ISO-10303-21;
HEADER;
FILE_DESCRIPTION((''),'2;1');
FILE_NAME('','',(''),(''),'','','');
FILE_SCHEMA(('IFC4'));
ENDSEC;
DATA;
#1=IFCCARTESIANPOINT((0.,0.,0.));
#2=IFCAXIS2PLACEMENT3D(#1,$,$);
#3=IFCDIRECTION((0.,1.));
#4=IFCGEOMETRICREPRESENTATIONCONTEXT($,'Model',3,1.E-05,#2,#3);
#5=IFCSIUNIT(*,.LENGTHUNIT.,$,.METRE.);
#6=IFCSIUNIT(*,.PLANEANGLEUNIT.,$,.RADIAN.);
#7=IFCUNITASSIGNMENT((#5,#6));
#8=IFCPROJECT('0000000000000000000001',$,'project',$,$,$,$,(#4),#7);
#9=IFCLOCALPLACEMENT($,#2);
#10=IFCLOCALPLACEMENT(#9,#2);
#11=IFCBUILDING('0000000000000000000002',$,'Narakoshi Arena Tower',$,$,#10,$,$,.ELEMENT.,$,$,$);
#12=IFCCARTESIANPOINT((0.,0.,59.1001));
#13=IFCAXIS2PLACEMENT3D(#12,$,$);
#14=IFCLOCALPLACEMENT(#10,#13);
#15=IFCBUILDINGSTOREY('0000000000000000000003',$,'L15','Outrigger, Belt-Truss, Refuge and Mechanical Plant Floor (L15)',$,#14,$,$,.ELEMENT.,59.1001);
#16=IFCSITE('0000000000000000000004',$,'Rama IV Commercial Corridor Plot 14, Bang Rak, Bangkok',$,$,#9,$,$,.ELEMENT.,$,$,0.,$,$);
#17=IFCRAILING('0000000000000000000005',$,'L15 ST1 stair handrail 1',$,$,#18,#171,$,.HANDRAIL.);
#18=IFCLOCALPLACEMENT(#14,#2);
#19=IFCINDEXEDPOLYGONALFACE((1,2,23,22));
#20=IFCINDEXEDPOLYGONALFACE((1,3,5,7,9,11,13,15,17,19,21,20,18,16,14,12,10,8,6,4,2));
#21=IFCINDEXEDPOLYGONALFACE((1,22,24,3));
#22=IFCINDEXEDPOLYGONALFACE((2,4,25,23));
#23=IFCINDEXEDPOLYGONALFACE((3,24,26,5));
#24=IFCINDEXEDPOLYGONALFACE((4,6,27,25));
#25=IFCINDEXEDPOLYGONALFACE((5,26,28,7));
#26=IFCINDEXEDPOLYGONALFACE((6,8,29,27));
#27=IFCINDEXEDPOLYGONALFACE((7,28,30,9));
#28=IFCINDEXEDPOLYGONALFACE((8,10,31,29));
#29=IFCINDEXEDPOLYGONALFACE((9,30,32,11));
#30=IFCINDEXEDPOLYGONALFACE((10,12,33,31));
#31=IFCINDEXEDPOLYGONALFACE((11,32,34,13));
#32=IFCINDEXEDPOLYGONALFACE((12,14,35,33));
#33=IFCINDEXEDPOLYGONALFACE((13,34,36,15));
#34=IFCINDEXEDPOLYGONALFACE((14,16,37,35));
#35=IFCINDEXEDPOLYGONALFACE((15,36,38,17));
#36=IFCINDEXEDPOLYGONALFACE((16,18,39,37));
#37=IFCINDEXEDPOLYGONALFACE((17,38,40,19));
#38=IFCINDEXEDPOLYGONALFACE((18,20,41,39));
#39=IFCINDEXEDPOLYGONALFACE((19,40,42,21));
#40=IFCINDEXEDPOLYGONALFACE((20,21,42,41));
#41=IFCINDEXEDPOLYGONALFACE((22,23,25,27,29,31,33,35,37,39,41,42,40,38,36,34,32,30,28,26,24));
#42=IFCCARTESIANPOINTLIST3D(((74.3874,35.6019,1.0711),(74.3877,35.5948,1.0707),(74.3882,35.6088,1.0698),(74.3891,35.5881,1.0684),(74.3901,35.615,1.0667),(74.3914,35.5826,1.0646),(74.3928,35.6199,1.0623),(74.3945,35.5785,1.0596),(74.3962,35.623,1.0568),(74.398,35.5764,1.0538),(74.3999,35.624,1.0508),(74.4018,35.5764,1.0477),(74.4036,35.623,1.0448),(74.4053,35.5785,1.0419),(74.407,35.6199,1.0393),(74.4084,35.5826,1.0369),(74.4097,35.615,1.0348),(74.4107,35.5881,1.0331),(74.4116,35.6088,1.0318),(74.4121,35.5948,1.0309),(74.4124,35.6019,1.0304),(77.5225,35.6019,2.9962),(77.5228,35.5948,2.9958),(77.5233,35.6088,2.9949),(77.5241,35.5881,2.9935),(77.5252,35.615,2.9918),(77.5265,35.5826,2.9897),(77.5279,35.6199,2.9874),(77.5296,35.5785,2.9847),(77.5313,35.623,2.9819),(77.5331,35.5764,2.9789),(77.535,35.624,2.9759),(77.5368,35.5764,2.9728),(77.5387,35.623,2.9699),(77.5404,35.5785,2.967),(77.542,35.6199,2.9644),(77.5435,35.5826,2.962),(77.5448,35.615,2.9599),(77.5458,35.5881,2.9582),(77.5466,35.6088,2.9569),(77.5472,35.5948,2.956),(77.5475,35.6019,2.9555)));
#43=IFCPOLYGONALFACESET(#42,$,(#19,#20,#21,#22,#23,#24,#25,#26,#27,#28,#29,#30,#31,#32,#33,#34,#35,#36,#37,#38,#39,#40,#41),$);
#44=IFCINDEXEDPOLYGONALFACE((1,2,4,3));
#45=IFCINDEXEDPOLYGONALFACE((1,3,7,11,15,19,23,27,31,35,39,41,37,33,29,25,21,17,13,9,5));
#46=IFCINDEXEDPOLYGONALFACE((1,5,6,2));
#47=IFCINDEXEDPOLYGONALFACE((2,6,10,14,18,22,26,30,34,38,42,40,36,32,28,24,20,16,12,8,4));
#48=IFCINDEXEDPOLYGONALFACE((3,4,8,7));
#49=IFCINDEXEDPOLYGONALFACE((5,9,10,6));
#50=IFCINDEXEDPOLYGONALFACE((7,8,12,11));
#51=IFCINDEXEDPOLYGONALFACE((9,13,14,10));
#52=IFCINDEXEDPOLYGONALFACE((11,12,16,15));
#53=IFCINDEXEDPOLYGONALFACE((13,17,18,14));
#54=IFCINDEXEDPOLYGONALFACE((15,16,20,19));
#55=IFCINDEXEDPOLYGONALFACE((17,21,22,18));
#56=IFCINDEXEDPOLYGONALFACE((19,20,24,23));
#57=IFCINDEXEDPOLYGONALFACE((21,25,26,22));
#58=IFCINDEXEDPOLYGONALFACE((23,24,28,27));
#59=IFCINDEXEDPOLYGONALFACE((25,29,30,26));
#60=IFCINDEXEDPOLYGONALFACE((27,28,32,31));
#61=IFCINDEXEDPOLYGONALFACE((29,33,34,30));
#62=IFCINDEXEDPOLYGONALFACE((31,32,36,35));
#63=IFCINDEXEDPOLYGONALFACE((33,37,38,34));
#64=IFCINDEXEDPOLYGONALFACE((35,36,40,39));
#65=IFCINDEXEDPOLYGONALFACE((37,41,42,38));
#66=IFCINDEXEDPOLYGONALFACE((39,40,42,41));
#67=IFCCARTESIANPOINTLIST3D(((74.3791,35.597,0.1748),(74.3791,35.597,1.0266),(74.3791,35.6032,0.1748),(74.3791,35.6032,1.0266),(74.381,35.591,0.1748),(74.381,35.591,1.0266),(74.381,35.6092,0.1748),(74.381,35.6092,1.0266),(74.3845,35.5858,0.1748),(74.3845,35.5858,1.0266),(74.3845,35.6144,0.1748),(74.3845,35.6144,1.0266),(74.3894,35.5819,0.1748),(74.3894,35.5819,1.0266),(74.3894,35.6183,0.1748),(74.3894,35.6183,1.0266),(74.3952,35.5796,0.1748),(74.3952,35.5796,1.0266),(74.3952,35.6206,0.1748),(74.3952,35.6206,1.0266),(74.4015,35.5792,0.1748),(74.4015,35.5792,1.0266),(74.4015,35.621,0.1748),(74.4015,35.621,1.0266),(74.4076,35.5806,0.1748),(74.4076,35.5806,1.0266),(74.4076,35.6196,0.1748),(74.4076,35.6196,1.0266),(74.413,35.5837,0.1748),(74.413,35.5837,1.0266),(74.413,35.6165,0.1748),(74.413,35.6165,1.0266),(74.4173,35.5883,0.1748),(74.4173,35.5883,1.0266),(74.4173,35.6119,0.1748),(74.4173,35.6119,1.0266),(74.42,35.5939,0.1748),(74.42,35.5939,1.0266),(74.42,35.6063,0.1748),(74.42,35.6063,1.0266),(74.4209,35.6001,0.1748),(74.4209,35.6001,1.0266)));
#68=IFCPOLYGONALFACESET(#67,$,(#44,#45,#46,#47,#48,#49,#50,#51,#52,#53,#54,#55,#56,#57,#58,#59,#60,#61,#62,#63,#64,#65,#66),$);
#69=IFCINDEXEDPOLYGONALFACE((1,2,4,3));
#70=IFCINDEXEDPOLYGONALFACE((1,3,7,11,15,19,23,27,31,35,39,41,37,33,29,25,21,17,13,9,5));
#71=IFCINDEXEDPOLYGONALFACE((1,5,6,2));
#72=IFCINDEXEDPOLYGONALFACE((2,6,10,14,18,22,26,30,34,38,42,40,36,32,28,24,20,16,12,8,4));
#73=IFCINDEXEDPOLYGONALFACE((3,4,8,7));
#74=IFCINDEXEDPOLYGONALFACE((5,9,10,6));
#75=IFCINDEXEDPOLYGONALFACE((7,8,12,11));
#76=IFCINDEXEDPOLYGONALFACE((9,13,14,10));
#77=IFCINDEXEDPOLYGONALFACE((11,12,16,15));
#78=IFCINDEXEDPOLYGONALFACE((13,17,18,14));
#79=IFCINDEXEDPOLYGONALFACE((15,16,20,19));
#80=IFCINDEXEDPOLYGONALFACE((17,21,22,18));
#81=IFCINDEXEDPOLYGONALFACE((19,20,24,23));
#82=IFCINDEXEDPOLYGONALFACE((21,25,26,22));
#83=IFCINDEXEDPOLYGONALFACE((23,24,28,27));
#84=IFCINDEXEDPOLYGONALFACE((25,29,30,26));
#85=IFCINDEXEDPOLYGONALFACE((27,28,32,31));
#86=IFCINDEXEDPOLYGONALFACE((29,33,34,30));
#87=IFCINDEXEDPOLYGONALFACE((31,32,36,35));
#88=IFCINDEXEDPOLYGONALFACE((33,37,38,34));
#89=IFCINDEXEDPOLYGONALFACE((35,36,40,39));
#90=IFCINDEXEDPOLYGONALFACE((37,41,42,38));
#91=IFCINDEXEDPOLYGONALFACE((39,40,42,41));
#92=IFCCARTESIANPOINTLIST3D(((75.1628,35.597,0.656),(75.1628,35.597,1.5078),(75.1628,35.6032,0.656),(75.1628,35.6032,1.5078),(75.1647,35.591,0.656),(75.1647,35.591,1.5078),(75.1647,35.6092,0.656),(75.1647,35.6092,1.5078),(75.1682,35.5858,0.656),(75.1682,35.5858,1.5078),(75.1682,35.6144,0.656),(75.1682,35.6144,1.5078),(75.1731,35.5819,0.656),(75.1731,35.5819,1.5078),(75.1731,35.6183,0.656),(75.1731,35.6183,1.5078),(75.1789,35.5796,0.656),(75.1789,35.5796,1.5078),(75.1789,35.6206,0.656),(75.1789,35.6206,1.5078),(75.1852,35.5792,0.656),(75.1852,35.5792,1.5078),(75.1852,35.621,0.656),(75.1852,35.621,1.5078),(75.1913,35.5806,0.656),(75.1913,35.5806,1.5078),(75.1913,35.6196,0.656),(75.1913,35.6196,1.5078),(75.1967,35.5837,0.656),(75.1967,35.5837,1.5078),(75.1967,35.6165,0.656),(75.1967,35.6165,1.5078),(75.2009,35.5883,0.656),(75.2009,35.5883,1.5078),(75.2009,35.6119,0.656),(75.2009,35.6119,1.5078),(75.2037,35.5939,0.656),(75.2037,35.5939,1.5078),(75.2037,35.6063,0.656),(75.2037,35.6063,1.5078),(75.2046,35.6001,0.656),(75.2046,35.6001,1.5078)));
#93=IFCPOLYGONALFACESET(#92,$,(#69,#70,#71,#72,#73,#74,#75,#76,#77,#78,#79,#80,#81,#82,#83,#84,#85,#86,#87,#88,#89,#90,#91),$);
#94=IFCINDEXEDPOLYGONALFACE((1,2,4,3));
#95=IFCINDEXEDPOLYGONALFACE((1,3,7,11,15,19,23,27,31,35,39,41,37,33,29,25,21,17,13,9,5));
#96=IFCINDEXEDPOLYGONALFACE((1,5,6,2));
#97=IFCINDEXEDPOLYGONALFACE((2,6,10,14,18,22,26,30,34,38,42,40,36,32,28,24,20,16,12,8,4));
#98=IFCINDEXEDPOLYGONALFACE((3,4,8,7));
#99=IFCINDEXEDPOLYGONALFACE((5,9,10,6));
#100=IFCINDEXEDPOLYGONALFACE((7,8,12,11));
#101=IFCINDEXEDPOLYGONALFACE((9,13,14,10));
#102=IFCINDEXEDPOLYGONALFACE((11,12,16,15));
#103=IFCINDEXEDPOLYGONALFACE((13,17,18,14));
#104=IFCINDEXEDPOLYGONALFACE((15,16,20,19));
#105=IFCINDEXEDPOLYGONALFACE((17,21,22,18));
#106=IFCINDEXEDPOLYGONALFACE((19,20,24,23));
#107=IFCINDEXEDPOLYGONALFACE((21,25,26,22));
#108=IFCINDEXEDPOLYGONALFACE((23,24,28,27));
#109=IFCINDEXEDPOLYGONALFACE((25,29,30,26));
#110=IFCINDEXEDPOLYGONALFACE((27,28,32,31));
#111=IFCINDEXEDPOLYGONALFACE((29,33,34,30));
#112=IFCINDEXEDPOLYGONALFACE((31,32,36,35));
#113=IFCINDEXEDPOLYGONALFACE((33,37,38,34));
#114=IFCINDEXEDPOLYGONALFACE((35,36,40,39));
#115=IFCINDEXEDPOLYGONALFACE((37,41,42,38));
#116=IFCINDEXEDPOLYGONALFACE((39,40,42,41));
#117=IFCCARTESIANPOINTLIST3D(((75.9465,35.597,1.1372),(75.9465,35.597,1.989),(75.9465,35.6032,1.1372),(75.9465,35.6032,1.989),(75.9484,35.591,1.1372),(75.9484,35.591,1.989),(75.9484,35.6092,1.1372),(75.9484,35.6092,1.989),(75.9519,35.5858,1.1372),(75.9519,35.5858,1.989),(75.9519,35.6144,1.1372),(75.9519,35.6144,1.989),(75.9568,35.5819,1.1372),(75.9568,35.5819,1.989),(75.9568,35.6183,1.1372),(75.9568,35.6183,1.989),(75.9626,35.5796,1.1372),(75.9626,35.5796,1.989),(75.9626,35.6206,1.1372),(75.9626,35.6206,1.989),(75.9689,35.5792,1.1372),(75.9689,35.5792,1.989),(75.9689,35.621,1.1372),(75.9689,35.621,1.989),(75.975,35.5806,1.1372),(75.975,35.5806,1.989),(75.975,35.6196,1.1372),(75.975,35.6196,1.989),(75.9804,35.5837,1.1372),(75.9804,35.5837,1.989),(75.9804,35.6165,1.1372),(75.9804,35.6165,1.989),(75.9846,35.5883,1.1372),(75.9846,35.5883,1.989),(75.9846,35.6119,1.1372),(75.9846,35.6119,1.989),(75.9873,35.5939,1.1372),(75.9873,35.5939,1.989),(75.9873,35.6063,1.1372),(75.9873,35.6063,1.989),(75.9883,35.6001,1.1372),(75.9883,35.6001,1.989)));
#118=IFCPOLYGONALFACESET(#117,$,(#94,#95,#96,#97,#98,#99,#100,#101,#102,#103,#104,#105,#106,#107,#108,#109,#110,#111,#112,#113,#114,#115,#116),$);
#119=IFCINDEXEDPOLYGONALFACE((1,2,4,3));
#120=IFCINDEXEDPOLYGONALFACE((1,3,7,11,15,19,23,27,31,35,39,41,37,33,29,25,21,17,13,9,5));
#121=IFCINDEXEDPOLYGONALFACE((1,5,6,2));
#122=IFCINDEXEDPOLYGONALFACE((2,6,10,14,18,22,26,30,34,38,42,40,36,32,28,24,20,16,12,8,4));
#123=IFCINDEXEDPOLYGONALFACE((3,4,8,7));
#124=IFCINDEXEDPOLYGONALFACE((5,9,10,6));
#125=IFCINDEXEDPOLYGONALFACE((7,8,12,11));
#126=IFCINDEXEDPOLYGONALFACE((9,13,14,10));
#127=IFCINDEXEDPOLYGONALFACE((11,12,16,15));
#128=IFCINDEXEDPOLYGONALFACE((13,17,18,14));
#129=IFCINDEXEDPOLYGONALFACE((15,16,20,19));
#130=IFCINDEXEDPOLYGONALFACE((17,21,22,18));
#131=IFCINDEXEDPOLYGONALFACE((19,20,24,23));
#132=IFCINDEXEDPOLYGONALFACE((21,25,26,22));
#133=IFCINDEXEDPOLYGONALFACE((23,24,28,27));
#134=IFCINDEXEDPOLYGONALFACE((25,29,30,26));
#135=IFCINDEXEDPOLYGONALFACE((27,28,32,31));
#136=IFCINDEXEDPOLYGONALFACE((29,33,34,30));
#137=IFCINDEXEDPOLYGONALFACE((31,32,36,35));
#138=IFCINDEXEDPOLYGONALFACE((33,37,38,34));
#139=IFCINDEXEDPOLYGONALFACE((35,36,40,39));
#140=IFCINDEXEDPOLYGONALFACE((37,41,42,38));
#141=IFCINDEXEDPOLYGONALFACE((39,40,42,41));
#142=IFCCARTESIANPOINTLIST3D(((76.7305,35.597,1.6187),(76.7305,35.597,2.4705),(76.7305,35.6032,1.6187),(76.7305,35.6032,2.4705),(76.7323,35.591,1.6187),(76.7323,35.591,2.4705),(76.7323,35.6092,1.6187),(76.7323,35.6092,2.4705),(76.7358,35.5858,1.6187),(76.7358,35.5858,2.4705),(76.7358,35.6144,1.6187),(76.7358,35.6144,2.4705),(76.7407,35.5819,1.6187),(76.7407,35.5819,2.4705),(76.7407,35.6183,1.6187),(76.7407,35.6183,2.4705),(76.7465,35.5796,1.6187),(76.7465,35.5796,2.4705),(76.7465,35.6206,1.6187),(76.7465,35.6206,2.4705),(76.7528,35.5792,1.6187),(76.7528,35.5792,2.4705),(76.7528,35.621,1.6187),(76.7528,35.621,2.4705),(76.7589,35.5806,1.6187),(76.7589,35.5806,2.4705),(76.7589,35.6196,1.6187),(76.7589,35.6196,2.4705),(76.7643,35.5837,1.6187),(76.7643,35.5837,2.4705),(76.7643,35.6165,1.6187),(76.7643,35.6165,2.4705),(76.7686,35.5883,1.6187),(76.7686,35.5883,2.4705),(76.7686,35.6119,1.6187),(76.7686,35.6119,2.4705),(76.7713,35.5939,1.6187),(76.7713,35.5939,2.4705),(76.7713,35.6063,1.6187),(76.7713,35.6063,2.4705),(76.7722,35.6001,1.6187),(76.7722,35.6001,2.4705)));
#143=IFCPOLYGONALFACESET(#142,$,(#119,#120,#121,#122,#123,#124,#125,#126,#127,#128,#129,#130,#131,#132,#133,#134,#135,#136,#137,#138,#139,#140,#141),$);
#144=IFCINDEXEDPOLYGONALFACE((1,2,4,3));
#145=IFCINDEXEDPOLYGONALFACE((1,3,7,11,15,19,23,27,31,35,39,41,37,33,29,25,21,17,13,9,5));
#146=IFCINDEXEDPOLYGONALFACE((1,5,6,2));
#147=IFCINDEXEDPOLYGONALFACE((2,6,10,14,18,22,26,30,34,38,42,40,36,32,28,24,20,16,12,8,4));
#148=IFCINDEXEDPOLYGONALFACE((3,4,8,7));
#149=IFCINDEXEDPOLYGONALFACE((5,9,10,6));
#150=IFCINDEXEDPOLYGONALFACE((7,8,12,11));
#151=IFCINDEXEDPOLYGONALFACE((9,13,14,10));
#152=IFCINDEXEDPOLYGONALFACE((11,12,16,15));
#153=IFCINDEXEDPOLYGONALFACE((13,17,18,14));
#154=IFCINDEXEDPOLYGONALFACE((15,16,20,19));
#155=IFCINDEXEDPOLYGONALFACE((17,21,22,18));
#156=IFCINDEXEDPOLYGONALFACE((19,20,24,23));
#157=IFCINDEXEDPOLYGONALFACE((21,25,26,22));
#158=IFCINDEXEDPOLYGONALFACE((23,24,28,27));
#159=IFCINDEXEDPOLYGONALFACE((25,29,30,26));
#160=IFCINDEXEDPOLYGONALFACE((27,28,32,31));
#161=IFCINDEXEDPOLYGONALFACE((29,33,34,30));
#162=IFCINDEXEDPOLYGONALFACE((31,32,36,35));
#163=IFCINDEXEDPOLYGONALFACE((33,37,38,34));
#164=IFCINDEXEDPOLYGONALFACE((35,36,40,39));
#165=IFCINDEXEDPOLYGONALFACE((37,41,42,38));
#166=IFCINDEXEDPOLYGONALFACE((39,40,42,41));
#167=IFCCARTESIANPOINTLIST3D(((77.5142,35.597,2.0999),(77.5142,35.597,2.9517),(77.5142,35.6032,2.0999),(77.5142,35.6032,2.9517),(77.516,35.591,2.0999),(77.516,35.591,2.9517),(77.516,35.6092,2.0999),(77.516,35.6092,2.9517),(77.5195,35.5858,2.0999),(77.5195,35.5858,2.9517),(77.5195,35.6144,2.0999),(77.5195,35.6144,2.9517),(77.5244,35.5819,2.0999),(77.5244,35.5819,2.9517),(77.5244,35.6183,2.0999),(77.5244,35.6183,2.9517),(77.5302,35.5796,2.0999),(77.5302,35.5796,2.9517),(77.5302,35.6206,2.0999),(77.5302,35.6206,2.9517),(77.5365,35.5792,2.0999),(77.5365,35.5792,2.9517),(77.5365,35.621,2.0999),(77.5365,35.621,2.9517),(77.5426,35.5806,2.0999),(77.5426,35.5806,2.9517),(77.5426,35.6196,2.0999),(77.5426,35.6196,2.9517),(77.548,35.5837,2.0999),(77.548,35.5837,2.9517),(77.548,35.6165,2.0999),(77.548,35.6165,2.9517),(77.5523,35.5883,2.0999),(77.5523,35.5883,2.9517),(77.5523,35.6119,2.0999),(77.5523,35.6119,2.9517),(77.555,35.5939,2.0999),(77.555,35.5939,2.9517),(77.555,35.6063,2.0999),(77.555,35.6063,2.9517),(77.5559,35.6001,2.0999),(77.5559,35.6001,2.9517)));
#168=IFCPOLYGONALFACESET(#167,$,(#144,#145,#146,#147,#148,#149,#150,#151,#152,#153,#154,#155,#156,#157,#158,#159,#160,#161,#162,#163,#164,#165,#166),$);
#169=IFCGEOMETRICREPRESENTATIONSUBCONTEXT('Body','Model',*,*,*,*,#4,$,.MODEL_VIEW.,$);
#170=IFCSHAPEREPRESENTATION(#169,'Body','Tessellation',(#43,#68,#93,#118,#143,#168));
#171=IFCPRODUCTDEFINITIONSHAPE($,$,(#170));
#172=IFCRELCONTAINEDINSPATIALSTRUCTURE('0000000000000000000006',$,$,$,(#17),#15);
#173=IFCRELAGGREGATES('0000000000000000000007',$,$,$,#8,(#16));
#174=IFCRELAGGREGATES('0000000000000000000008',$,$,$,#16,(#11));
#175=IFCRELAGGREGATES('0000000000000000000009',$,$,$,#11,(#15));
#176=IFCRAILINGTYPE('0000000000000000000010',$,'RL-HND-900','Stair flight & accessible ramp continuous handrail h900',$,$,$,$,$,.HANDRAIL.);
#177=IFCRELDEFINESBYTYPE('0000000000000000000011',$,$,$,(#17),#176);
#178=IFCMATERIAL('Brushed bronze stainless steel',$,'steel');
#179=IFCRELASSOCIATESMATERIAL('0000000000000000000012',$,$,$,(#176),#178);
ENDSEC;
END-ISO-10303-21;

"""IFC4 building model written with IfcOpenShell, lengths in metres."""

from ifc_helpers import new_model, si_unit, direction, frame, origin, origin_2d, place, context, subcontext, project, spatial, circle, extrude, material, type_object, element, save


model = new_model("IFC4")

# Units and contexts
model_context = context("Model", 3, precision=1e-05, world=origin(), true_north=direction((0.0, 1.0)))
body_context = subcontext(model_context, "Body", "Model", "MODEL_VIEW")
ifc_project = project(units=[si_unit("LENGTHUNIT", "METRE"), si_unit("PLANEANGLEUNIT", "RADIAN")], contexts=[model_context])

# Site, building, storey
site_placement = place(None, origin())
site = spatial("IfcSite", under=ifc_project, at=site_placement, Name="Rama IV Commercial Corridor Plot 14, Bang Rak, Bangkok", CompositionType="ELEMENT", RefElevation=0.0)
building_placement = place(site_placement, origin())
building = spatial("IfcBuilding", under=site, at=building_placement, Name="Narakoshi Arena Tower", CompositionType="ELEMENT")
storey_placement = place(building_placement, frame((0.0, 0.0, 59.1001)))
storey = spatial("IfcBuildingStorey", under=building, at=storey_placement, Name="L15", Description="Outrigger, Belt-Truss, Refuge and Mechanical Plant Floor (L15)", CompositionType="ELEMENT", Elevation=59.1001)

# Railing
ifc_material_1 = material(Name="Brushed bronze stainless steel", Category="steel")
railing_type_1 = type_object("IfcRailingType", Name="RL-HND-900", Description="Stair flight & accessible ramp continuous handrail h900", PredefinedType="HANDRAIL", material=ifc_material_1)
railing_1_placement = place(storey_placement, frame((74.3999, 35.6001, 0.1748)))
element("IfcRailing", 1, at=railing_1_placement, inside=storey, type_object=railing_type_1, Name="L15 ST1 stair handrail 1", PredefinedType="HANDRAIL", context=body_context, shape_type="SweptSolid", body=[
    extrude(circle(Radius=0.0239, at=origin_2d()), frame((0.0, 0.0, 0.876), z_axis=(0.852166, 0.0, 0.523271), x_axis=(0.0, 1.0, 0.0)), (0.0, 0.0, 1.0), 3.679),
    extrude(circle(Radius=0.021, at=origin_2d()), origin(), (0.0, 0.0, 1.0), 0.8518),
    extrude(circle(Radius=0.021, at=origin_2d()), frame((0.7837, 0.0, 0.4812)), (0.0, 0.0, 1.0), 0.8518),
    extrude(circle(Radius=0.021, at=origin_2d()), frame((1.5674, 0.0, 0.9624)), (0.0, 0.0, 1.0), 0.8518),
    extrude(circle(Radius=0.021, at=origin_2d()), frame((2.3513, 0.0, 1.4438)), (0.0, 0.0, 1.0), 0.8518),
    extrude(circle(Radius=0.021, at=origin_2d()), frame((3.135, 0.0, 1.925)), (0.0, 0.0, 1.0), 0.8518),
])

save(model, "model.ifc")
